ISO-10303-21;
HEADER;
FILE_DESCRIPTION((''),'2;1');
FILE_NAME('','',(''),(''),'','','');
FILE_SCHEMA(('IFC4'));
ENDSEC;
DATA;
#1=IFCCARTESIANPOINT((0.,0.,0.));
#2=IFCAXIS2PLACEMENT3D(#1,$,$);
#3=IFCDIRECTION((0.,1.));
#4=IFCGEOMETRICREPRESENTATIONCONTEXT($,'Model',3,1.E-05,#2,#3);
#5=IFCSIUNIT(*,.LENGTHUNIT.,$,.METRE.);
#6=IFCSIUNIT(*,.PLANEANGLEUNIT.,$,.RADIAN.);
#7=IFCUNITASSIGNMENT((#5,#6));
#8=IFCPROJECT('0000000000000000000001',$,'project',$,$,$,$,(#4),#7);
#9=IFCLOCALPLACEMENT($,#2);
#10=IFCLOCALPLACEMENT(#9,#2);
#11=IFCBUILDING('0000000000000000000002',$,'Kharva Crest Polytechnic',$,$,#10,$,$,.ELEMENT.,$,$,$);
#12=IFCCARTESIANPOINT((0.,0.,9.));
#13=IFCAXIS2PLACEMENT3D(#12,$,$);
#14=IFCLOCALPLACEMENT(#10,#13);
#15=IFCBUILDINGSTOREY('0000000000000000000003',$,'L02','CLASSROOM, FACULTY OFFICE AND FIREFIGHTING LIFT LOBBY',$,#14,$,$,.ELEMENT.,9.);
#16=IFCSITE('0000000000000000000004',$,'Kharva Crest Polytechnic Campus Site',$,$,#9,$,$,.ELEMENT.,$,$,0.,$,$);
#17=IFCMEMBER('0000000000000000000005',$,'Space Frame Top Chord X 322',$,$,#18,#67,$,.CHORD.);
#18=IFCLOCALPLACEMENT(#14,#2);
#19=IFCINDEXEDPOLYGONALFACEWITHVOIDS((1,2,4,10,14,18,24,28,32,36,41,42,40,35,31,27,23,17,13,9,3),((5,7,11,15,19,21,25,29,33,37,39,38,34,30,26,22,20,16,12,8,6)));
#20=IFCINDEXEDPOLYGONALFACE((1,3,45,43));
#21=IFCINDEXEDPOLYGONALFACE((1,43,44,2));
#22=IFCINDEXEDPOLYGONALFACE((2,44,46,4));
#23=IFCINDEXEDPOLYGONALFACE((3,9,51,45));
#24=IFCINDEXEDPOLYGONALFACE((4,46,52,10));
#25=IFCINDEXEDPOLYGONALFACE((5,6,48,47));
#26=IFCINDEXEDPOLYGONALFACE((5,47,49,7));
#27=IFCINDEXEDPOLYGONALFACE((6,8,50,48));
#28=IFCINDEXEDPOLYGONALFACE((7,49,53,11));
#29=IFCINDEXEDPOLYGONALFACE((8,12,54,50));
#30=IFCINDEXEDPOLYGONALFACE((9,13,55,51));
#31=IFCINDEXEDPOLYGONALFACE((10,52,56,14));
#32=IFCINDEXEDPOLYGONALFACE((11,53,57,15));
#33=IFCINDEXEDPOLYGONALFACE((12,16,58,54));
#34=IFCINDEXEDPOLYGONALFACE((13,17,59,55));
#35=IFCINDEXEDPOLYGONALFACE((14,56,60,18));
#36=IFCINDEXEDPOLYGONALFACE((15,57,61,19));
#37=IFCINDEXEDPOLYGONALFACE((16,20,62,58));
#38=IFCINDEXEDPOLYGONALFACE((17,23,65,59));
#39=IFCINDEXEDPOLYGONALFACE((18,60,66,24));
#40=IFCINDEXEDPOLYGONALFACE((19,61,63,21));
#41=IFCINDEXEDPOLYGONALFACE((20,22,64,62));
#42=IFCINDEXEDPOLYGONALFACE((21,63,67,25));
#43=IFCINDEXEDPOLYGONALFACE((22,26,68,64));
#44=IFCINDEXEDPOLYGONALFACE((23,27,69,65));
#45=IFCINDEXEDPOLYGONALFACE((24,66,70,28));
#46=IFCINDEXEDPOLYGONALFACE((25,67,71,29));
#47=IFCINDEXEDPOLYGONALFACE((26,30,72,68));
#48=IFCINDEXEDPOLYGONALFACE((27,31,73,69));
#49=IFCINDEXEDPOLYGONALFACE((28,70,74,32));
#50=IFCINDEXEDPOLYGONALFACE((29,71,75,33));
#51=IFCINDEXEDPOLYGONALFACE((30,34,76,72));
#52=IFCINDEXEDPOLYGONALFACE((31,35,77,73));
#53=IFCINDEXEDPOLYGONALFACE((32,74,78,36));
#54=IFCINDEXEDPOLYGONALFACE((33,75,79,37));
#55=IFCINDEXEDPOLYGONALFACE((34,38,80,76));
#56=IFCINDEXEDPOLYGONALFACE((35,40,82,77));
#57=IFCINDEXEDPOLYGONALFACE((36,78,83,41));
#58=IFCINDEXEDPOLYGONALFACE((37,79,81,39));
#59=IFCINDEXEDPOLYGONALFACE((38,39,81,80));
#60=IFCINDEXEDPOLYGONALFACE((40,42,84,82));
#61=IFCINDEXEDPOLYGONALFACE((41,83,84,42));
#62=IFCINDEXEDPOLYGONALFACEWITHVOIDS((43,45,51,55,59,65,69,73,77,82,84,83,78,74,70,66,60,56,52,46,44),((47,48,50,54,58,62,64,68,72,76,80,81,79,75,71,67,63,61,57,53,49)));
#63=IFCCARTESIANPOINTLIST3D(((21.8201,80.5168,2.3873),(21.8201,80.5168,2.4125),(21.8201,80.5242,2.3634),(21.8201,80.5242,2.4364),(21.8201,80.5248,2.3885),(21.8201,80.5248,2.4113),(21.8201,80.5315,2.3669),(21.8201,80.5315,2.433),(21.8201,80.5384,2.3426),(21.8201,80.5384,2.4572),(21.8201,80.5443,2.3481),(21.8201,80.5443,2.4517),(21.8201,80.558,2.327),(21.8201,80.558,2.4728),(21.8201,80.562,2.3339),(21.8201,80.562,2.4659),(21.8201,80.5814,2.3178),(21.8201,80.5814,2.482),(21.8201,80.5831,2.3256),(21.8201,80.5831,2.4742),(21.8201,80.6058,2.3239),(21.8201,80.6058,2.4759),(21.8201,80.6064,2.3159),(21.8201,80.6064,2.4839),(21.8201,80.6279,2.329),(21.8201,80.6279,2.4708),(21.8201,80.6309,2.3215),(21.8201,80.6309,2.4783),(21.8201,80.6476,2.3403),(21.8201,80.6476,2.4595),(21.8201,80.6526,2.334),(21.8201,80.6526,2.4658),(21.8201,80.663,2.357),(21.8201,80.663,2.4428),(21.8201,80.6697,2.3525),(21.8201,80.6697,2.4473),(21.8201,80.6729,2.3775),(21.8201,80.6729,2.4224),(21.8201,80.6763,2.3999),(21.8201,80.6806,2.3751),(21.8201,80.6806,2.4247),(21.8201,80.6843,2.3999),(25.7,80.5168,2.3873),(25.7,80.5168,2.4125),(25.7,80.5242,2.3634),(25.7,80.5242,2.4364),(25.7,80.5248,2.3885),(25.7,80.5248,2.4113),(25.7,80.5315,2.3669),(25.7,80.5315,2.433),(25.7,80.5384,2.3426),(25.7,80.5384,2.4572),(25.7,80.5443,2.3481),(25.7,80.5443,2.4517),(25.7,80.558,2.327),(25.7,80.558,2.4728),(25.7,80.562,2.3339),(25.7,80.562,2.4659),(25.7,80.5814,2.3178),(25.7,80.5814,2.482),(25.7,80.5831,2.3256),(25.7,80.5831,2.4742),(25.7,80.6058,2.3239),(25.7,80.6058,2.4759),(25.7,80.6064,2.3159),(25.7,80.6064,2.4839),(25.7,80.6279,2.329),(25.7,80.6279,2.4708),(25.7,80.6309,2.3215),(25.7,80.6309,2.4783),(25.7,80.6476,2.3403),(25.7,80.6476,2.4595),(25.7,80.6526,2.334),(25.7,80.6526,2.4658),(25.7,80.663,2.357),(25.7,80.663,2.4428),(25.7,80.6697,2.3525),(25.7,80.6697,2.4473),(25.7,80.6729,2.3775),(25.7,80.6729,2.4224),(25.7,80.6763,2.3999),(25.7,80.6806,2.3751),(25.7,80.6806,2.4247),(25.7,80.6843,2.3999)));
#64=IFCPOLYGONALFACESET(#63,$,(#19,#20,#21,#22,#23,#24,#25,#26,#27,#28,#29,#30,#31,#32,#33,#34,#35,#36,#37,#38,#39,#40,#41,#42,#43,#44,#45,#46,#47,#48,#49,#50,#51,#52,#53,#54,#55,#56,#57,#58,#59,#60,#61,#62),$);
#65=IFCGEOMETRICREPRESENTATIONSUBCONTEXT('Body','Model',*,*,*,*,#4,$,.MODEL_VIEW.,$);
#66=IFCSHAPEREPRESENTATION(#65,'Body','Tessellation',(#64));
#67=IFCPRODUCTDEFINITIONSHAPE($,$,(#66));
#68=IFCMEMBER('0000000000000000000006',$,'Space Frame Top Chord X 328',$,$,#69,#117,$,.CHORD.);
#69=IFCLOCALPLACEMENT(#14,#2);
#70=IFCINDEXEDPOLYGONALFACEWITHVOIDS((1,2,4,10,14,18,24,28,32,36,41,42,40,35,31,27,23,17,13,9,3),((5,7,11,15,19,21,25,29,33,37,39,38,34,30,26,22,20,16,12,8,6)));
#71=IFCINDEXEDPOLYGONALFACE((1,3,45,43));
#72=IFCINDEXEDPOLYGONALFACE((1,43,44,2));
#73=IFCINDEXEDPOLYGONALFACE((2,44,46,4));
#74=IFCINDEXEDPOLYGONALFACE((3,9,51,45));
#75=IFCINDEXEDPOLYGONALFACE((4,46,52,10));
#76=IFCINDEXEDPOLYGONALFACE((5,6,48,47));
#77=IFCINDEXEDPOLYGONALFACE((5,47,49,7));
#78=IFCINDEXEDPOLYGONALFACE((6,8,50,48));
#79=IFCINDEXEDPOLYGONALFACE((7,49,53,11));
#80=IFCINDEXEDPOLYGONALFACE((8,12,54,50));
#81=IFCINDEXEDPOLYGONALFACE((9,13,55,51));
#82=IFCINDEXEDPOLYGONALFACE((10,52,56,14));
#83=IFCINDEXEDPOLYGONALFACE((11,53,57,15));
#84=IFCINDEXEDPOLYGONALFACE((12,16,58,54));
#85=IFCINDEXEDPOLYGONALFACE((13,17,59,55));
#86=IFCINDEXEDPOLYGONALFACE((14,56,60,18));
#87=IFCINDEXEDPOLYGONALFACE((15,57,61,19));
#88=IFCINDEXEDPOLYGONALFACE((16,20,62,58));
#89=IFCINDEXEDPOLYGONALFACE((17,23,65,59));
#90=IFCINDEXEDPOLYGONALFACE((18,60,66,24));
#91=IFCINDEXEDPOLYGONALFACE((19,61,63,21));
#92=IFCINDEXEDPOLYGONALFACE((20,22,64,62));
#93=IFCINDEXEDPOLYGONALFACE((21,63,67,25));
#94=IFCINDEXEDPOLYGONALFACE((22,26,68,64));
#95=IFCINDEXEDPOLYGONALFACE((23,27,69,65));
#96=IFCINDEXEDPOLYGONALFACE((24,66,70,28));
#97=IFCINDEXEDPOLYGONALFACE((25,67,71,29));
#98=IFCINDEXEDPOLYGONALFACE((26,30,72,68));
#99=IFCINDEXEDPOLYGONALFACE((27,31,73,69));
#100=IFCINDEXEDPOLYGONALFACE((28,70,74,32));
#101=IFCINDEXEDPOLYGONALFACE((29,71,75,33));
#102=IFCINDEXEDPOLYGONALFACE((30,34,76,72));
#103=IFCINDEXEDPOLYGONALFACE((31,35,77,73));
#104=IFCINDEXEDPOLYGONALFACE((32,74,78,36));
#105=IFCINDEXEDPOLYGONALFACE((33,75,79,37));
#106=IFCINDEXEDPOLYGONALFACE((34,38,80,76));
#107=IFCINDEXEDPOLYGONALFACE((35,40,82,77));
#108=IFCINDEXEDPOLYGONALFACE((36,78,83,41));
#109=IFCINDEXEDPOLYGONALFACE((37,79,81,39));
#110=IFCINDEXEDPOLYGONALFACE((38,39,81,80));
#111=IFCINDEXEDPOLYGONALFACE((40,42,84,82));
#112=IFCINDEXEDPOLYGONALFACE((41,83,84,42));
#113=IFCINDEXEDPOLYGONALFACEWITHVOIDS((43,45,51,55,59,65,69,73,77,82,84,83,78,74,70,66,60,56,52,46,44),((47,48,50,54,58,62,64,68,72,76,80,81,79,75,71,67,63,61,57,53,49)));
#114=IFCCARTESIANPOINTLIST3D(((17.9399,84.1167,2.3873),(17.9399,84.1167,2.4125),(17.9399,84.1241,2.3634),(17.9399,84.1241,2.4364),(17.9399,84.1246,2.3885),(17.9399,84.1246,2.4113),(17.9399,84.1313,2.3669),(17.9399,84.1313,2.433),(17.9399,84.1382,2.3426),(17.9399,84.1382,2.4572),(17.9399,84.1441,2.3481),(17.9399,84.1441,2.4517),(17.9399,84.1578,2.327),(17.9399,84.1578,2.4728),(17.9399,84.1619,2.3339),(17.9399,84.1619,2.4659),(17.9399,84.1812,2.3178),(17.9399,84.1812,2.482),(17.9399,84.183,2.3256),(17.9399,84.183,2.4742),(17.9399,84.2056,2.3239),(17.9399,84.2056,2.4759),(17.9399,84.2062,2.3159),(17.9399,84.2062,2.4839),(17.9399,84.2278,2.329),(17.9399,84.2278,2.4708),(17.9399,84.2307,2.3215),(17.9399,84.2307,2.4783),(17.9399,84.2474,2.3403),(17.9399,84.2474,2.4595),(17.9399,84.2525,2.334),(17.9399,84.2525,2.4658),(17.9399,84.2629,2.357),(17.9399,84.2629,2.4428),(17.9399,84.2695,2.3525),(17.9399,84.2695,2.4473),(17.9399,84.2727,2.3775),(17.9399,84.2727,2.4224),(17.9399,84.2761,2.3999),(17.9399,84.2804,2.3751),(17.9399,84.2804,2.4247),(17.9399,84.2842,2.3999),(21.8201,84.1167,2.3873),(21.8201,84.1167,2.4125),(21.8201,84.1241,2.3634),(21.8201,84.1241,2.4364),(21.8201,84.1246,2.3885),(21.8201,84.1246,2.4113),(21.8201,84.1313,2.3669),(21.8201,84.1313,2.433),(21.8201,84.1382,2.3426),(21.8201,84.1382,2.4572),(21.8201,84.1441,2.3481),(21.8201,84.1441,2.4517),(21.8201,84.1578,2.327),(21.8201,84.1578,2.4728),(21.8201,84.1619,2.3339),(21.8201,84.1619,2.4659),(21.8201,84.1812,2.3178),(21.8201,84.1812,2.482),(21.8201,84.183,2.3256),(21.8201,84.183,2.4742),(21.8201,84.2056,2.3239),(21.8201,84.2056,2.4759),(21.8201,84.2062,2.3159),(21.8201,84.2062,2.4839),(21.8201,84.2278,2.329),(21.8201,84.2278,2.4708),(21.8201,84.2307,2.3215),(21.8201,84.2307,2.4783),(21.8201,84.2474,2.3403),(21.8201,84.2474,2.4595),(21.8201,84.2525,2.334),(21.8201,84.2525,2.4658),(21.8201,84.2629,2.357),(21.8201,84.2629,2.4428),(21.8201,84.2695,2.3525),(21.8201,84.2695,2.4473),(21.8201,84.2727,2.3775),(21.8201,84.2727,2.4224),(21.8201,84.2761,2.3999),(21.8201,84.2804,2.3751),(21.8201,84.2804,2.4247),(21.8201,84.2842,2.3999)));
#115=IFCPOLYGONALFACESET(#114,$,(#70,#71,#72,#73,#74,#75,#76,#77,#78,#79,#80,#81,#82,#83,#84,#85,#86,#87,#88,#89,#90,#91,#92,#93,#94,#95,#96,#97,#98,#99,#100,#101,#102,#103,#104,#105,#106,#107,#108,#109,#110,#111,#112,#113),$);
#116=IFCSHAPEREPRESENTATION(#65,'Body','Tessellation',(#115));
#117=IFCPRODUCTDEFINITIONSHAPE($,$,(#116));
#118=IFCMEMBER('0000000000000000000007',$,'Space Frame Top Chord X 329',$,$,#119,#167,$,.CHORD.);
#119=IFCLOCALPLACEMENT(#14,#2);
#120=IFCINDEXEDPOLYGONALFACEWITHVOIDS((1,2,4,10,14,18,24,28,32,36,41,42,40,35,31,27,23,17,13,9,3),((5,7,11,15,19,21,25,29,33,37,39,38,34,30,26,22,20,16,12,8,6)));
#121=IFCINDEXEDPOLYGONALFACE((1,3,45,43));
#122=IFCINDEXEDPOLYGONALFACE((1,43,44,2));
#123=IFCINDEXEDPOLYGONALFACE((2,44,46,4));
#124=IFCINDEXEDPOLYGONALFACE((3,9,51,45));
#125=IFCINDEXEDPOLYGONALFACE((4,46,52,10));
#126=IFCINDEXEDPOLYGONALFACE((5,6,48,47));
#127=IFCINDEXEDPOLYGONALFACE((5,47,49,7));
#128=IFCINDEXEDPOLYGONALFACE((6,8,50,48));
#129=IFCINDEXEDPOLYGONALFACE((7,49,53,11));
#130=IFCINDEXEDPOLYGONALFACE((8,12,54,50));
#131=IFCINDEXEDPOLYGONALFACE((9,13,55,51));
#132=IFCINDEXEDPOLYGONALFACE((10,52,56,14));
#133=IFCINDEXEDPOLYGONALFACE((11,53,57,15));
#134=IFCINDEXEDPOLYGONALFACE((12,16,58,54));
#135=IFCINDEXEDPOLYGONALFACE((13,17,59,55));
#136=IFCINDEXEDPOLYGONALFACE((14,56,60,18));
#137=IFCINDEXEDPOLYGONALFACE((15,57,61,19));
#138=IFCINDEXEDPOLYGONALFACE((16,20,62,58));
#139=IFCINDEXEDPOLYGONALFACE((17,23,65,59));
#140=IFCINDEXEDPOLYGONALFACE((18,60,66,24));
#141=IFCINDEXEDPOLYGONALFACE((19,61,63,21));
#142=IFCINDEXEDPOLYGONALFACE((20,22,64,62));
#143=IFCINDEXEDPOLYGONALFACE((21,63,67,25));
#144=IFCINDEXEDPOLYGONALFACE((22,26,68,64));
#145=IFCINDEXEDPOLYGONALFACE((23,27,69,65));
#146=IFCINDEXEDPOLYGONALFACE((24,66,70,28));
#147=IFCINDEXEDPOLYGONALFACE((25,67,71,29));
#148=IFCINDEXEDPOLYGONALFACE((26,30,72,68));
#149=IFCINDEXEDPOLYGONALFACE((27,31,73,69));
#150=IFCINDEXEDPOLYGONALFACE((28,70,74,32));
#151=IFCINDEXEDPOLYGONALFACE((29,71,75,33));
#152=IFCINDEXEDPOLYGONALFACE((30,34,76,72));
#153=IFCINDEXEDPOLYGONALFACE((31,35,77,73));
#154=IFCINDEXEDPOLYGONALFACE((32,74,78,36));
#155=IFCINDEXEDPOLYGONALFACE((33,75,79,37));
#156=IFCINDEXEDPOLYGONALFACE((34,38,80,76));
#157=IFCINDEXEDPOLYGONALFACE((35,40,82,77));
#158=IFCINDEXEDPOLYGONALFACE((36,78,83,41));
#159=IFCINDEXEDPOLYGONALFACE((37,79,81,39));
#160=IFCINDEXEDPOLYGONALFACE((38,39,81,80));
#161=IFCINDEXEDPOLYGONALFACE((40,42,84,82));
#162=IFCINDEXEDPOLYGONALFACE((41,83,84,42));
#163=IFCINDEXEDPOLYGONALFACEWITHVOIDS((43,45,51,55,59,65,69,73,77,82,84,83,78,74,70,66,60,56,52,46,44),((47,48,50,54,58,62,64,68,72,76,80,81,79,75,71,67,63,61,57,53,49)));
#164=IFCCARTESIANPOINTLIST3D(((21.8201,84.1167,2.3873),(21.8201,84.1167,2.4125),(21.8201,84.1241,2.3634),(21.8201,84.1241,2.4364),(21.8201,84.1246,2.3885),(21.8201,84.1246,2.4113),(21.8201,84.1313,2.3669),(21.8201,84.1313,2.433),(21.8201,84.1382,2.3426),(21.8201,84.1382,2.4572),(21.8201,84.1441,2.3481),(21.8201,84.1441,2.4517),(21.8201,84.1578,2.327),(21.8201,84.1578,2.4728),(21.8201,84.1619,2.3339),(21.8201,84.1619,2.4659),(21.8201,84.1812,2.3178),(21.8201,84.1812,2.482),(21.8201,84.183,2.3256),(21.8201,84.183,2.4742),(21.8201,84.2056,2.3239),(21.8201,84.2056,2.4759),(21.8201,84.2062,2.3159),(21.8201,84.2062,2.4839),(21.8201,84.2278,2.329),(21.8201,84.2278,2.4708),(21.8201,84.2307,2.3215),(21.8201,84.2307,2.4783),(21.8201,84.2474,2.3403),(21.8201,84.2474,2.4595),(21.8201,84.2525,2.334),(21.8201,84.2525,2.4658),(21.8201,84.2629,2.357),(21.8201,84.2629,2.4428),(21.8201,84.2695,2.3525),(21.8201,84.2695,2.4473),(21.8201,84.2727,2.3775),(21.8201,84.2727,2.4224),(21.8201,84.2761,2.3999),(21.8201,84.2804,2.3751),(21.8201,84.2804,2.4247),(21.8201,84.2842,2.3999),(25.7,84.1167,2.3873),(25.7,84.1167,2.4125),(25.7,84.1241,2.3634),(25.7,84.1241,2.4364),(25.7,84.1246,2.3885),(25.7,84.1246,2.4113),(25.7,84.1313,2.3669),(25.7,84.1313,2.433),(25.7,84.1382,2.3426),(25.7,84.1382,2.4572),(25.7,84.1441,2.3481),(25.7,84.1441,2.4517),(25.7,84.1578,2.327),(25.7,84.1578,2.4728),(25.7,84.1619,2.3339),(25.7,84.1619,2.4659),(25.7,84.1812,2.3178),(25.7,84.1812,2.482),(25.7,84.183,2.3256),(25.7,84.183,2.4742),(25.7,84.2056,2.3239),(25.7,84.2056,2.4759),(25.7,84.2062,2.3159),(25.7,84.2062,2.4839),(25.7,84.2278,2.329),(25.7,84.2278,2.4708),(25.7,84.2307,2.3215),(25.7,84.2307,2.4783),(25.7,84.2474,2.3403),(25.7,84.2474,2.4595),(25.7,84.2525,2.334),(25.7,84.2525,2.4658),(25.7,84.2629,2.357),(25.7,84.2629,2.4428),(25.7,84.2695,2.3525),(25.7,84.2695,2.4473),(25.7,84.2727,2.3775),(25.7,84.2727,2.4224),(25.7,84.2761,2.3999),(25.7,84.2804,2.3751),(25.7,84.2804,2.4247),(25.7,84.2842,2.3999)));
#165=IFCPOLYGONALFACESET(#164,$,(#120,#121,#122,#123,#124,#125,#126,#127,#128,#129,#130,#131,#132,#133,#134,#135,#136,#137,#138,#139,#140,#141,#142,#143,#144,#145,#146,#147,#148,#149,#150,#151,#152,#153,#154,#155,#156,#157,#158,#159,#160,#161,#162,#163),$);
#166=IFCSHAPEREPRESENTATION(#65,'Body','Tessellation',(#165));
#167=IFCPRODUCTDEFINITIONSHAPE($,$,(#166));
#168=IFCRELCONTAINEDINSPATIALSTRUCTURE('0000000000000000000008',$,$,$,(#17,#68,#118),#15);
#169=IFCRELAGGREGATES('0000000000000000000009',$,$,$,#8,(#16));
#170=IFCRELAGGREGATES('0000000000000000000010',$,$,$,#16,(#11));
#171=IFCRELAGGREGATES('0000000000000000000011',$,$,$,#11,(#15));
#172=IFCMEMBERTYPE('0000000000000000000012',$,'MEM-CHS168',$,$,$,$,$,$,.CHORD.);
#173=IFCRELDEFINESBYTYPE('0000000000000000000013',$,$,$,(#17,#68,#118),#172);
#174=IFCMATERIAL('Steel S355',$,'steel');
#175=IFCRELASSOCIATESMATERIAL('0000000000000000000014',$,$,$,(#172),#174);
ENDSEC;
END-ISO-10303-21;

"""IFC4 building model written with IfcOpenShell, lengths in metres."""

from ifc_helpers import new_model, si_unit, direction, frame, origin, origin_2d, place, context, subcontext, project, spatial, hollow_circle, extrude, material, material_profile, profile_set, type_object, element, save


model = new_model("IFC4")

# Units and contexts
model_context = context("Model", 3, precision=1e-05, world=origin(), true_north=direction((0.0, 1.0)))
body_context = subcontext(model_context, "Body", "Model", "MODEL_VIEW")
ifc_project = project(units=[si_unit("LENGTHUNIT", "METRE"), si_unit("PLANEANGLEUNIT", "RADIAN")], contexts=[model_context])

# Site, building, storey
site_placement = place(None, origin())
site = spatial("IfcSite", under=ifc_project, at=site_placement, Name="Kharva Crest Polytechnic Campus Site", CompositionType="ELEMENT", RefElevation=0.0)
building_placement = place(site_placement, origin())
building = spatial("IfcBuilding", under=site, at=building_placement, Name="Kharva Crest Polytechnic", CompositionType="ELEMENT")
storey_placement = place(building_placement, frame((0.0, 0.0, 9.0)))
storey = spatial("IfcBuildingStorey", under=building, at=storey_placement, Name="L02", Description="CLASSROOM, FACULTY OFFICE AND FIREFIGHTING LIFT LOBBY", CompositionType="ELEMENT", Elevation=9.0)

# Shared definitions
ifc_material_1 = material(Name="Steel S355", Category="steel")

# Members
ifc_material_profile_1 = material_profile(ifc_material_1, hollow_circle(Radius=0.0842, WallThickness=0.0081, at=origin_2d()), Name="CHS 168.3X8.0")
ifc_profile_set_1 = profile_set([ifc_material_profile_1], Name="Steel S355")
member_type_1 = type_object("IfcMemberType", Name="MEM-CHS168", PredefinedType="CHORD", material=ifc_profile_set_1)
member_1_placement = place(storey_placement, frame((21.8201, 80.6001, 2.3999), z_axis=(1.0, 0.0, 0.0), x_axis=(0.0, 1.0, 0.0)))
element("IfcMember", 1, at=member_1_placement, inside=storey, type_object=member_type_1, Name="Space Frame Top Chord X 322", PredefinedType="CHORD", context=body_context, shape_type="SweptSolid", body=[
    extrude(hollow_circle(Radius=0.0842, WallThickness=0.0081, at=origin_2d()), origin(), (0.0, 0.0, 1.0), 3.8799),
])
member_2_placement = place(storey_placement, frame((17.9399, 84.2, 2.3999), z_axis=(1.0, 0.0, 0.0), x_axis=(0.0, 1.0, 0.0)))
element("IfcMember", 2, at=member_2_placement, inside=storey, type_object=member_type_1, Name="Space Frame Top Chord X 328", PredefinedType="CHORD", context=body_context, shape_type="SweptSolid", body=[
    extrude(hollow_circle(Radius=0.0842, WallThickness=0.0081, at=origin_2d()), origin(), (0.0, 0.0, 1.0), 3.8801),
])
member_3_placement = place(storey_placement, frame((21.8201, 84.2, 2.3999), z_axis=(1.0, 0.0, 0.0), x_axis=(0.0, 1.0, 0.0)))
element("IfcMember", 3, at=member_3_placement, inside=storey, type_object=member_type_1, Name="Space Frame Top Chord X 329", PredefinedType="CHORD", context=body_context, shape_type="SweptSolid", body=[
    extrude(hollow_circle(Radius=0.0842, WallThickness=0.0081, at=origin_2d()), origin(), (0.0, 0.0, 1.0), 3.8799),
])

save(model, "model.ifc")
